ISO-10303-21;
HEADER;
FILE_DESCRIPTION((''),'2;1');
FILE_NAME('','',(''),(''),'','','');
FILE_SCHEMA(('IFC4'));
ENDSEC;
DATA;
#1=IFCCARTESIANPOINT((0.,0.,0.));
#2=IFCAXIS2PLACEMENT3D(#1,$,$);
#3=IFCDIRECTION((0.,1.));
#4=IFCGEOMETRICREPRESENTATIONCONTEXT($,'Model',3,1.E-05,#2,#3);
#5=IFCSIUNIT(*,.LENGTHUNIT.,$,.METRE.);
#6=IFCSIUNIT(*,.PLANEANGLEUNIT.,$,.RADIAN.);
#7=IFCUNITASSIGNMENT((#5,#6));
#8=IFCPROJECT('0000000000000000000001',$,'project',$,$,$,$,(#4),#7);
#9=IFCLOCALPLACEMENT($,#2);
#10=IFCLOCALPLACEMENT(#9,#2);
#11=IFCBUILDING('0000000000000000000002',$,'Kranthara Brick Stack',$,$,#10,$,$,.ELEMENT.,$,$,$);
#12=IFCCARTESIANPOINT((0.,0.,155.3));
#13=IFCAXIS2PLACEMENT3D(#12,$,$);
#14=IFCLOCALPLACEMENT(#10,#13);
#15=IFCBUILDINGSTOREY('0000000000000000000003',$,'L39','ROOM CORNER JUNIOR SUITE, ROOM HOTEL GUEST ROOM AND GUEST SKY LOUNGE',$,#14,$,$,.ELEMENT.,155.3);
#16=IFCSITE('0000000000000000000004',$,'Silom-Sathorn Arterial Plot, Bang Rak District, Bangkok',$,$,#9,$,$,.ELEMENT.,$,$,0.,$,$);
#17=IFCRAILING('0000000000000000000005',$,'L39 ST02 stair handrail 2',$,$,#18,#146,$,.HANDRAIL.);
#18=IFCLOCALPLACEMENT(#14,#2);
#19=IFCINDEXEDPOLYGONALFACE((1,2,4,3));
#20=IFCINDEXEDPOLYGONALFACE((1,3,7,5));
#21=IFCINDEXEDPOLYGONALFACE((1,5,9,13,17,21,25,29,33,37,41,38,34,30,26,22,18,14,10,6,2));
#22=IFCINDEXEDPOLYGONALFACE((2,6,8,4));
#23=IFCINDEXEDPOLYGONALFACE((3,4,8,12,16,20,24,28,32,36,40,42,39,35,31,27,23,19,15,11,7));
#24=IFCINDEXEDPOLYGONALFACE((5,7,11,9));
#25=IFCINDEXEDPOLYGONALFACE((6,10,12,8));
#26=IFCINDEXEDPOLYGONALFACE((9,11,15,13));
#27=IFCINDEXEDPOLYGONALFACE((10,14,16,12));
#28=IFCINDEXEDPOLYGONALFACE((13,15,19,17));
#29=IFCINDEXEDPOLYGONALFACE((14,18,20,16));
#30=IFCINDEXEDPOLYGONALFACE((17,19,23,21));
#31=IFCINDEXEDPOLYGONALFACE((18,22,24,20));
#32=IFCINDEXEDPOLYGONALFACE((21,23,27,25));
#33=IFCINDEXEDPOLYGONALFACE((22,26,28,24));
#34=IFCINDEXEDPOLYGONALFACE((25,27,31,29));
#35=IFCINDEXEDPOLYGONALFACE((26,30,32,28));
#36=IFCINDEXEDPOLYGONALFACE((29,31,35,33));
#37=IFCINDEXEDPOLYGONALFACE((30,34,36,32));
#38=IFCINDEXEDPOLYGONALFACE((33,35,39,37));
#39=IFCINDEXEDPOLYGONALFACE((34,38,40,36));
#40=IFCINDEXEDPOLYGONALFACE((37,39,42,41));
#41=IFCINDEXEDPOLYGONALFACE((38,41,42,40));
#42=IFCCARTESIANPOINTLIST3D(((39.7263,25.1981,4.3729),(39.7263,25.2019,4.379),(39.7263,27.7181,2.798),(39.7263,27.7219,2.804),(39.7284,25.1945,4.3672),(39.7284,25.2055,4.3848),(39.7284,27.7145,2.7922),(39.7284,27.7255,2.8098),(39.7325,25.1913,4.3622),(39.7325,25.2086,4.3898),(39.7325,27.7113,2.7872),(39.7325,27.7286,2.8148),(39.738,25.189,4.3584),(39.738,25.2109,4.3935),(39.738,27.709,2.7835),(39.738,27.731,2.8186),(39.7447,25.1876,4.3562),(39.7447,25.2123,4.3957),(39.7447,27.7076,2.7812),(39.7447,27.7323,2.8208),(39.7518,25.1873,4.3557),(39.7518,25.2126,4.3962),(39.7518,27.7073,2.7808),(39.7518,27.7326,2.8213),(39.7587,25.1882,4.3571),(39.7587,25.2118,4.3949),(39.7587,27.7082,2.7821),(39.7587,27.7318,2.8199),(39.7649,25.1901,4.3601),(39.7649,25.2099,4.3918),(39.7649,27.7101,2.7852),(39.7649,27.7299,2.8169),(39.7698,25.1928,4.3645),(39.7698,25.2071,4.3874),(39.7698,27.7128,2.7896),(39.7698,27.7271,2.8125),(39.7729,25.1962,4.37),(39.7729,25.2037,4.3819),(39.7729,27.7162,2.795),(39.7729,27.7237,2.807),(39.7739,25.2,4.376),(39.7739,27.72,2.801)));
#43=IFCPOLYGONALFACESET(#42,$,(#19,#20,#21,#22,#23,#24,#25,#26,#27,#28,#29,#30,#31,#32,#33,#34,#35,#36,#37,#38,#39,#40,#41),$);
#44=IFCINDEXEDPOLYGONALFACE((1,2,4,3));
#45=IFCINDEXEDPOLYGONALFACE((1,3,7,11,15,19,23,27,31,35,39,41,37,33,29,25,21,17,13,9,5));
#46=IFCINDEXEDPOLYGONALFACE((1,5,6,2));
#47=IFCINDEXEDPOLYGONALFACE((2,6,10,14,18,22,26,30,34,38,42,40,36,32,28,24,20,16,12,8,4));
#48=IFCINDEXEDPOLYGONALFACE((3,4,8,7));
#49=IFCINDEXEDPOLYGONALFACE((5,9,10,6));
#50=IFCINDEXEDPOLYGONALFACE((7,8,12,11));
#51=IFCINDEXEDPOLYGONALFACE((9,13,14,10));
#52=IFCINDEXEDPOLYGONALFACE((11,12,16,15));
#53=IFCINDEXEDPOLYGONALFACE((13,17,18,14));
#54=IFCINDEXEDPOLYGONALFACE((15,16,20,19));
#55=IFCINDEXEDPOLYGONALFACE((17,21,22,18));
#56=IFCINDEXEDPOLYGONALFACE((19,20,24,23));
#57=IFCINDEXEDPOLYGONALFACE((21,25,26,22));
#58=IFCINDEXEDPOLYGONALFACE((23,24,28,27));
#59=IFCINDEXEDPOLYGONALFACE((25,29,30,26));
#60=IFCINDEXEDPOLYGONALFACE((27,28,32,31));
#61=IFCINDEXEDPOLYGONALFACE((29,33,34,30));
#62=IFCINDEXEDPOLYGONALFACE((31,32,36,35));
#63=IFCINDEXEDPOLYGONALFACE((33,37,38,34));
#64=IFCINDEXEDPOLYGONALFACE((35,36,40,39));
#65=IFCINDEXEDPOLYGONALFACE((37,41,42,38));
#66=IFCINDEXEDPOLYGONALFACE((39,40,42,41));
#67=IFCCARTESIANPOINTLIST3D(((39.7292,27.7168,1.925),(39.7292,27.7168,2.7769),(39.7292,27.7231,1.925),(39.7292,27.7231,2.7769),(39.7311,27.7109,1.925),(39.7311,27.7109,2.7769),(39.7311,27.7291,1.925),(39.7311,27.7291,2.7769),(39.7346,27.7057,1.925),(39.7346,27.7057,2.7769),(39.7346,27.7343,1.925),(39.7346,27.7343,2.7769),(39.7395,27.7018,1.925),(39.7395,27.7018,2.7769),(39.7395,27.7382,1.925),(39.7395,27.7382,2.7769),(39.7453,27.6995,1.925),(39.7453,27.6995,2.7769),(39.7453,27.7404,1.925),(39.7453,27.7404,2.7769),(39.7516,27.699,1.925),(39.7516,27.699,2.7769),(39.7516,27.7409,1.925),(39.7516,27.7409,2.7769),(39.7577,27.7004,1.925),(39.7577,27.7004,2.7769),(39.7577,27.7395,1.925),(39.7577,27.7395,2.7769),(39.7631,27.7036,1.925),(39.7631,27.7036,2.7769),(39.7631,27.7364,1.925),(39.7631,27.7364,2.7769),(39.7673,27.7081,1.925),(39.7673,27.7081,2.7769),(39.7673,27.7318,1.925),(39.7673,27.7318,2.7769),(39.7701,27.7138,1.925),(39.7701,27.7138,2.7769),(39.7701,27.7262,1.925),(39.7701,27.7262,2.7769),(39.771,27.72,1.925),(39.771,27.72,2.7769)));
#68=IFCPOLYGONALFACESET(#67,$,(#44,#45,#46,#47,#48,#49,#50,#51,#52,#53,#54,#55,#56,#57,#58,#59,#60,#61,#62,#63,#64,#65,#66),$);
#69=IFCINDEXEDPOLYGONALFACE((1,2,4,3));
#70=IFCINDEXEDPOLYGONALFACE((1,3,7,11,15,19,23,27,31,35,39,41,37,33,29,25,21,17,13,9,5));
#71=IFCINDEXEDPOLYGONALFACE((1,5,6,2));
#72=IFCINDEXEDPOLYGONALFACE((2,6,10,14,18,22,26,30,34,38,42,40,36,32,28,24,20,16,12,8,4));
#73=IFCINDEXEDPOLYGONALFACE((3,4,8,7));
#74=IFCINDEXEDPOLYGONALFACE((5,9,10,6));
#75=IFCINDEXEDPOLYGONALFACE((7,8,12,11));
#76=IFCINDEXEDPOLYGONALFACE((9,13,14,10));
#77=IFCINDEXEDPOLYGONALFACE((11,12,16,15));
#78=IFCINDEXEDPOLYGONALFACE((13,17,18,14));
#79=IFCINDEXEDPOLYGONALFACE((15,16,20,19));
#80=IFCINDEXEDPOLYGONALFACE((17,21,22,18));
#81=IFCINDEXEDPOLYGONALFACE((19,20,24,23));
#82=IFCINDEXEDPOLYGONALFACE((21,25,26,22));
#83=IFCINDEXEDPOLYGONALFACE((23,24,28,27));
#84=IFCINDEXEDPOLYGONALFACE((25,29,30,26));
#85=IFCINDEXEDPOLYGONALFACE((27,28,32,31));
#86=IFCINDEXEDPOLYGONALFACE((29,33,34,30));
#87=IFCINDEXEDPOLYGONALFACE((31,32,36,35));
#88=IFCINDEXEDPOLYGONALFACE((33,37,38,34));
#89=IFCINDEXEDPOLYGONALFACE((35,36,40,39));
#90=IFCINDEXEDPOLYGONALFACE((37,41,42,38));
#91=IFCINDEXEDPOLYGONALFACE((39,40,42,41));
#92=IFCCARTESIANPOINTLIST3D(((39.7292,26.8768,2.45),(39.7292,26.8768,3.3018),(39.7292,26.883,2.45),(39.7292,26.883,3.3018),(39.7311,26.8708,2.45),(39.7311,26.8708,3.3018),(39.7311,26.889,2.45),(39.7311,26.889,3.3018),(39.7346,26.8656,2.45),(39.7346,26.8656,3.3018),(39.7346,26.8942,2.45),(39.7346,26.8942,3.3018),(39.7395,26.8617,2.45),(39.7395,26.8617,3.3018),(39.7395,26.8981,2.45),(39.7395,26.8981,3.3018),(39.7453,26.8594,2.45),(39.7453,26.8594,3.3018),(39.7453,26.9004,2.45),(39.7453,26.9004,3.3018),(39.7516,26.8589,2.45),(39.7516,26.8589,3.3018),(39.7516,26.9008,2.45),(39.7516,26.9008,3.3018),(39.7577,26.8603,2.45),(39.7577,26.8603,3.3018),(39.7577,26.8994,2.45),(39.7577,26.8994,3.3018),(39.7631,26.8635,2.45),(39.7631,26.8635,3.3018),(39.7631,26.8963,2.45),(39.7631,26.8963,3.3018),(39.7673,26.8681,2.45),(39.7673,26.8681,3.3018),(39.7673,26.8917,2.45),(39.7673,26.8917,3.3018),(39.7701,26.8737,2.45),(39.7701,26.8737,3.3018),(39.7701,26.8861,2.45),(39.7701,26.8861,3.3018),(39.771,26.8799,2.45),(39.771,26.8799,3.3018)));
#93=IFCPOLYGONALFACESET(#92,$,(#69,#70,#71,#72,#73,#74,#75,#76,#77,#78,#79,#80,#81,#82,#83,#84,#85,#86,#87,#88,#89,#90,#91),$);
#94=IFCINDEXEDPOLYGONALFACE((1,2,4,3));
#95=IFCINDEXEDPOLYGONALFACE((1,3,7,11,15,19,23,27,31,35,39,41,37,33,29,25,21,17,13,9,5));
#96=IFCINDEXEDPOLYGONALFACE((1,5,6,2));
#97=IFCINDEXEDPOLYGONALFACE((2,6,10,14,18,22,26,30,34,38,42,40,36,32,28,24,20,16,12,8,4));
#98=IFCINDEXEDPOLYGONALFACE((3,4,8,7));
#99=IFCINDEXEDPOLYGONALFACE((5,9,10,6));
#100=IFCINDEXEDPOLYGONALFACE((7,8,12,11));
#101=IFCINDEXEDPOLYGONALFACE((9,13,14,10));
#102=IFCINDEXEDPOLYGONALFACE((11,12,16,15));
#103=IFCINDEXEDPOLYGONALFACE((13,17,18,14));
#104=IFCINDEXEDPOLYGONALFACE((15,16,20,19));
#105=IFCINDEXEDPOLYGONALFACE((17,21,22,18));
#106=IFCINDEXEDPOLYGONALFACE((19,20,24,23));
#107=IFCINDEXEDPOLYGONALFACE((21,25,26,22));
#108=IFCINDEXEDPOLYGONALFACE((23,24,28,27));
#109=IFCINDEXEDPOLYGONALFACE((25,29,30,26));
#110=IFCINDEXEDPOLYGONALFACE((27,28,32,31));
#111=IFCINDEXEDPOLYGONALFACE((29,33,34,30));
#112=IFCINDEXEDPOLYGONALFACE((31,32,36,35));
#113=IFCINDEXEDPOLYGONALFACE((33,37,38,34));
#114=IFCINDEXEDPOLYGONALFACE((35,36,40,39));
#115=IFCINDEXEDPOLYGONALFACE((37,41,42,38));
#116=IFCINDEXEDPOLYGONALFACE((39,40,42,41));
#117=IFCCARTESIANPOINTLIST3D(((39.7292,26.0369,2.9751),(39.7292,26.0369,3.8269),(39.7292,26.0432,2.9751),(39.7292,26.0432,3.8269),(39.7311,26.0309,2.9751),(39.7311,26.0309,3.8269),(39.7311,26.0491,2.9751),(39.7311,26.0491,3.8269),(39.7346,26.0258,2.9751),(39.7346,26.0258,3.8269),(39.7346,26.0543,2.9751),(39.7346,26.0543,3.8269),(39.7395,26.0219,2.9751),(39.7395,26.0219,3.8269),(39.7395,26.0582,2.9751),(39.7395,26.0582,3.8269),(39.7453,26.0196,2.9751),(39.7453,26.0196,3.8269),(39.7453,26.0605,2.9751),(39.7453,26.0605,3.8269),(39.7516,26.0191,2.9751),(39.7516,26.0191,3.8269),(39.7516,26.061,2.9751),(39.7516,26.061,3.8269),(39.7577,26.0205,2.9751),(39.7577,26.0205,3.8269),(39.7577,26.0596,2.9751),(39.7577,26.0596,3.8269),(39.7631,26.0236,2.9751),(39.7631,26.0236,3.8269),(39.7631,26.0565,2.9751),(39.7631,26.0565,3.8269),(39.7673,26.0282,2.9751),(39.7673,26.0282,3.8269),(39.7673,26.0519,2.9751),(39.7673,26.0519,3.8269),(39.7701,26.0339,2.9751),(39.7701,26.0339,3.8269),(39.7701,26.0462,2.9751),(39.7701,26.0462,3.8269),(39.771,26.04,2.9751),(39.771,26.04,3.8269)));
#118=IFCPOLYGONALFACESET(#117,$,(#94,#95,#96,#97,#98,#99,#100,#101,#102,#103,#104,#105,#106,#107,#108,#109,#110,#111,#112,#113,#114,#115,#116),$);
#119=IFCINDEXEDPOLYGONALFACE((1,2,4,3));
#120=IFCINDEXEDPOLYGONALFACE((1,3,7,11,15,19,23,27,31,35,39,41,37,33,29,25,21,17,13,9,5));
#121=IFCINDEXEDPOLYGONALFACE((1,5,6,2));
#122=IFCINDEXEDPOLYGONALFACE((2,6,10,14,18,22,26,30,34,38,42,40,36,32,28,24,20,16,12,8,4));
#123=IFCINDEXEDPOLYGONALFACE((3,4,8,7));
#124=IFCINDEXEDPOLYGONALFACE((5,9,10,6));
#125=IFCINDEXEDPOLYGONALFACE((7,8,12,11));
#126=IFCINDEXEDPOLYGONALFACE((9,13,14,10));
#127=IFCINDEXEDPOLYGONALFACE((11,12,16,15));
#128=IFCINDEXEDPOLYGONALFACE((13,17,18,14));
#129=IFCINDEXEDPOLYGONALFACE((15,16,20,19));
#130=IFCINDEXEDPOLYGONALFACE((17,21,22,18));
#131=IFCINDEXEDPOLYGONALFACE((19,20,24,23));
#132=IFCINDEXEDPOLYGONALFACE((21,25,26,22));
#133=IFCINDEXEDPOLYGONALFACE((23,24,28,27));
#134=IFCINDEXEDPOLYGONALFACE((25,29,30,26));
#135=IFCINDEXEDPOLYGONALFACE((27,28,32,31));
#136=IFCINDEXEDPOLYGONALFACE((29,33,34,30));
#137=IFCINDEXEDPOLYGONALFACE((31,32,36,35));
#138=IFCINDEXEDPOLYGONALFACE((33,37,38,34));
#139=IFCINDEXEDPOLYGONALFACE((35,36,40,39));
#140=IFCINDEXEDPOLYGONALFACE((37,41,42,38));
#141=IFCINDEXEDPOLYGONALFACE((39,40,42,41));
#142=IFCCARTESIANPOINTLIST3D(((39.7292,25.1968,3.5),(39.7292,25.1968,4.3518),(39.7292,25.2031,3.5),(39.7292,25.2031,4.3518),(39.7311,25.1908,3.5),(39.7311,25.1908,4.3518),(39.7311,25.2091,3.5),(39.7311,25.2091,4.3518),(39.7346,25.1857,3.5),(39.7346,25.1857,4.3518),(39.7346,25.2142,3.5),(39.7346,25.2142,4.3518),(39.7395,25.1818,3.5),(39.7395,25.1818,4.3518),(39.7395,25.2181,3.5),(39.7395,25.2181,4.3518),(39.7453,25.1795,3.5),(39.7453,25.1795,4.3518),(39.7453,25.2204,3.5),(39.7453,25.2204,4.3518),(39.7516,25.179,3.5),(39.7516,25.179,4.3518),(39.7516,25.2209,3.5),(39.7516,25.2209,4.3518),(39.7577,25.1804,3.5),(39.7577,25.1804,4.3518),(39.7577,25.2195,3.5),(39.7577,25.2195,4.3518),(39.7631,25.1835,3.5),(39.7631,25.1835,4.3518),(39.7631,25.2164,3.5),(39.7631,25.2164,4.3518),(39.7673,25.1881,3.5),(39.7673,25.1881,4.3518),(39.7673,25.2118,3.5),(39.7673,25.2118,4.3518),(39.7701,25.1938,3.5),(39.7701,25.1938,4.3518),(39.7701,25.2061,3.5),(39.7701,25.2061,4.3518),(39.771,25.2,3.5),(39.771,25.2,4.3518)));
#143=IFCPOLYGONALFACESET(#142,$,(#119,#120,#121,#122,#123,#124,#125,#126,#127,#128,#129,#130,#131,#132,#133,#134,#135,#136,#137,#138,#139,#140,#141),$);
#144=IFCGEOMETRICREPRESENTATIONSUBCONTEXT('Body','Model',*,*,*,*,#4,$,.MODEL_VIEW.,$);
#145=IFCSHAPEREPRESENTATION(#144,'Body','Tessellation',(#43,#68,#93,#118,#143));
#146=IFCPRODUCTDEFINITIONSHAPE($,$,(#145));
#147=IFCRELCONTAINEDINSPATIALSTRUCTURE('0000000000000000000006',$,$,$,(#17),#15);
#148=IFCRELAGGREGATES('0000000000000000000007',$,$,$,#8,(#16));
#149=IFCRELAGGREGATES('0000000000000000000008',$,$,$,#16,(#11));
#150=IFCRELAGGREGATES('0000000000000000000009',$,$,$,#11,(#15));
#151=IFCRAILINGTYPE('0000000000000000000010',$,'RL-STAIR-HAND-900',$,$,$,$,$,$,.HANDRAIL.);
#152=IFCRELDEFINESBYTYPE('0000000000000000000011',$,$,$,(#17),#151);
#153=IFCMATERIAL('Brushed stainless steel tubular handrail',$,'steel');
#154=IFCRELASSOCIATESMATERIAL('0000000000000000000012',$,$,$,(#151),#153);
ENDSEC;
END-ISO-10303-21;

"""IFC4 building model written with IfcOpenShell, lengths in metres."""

from ifc_helpers import new_model, si_unit, direction, frame, origin, origin_2d, place, context, subcontext, project, spatial, circle, extrude, material, type_object, element, save


model = new_model("IFC4")

# Units and contexts
model_context = context("Model", 3, precision=1e-05, world=origin(), true_north=direction((0.0, 1.0)))
body_context = subcontext(model_context, "Body", "Model", "MODEL_VIEW")
ifc_project = project(units=[si_unit("LENGTHUNIT", "METRE"), si_unit("PLANEANGLEUNIT", "RADIAN")], contexts=[model_context])

# Site, building, storey
site_placement = place(None, origin())
site = spatial("IfcSite", under=ifc_project, at=site_placement, Name="Silom-Sathorn Arterial Plot, Bang Rak District, Bangkok", CompositionType="ELEMENT", RefElevation=0.0)
building_placement = place(site_placement, origin())
building = spatial("IfcBuilding", under=site, at=building_placement, Name="Kranthara Brick Stack", CompositionType="ELEMENT")
storey_placement = place(building_placement, frame((0.0, 0.0, 155.3)))
storey = spatial("IfcBuildingStorey", under=building, at=storey_placement, Name="L39", Description="ROOM CORNER JUNIOR SUITE, ROOM HOTEL GUEST ROOM AND GUEST SKY LOUNGE", CompositionType="ELEMENT", Elevation=155.3)

# Railing
ifc_material_1 = material(Name="Brushed stainless steel tubular handrail", Category="steel")
railing_type_1 = type_object("IfcRailingType", Name="RL-STAIR-HAND-900", PredefinedType="HANDRAIL", material=ifc_material_1)
railing_1_placement = place(storey_placement, frame((39.75, 27.72, 1.925)))
element("IfcRailing", 1, at=railing_1_placement, inside=storey, type_object=railing_type_1, Name="L39 ST02 stair handrail 2", PredefinedType="HANDRAIL", context=body_context, shape_type="SweptSolid", body=[
    extrude(circle(Radius=0.0239, at=origin_2d()), frame((0.0, 0.0, 0.876), z_axis=(0.0, -0.848008, 0.529984), x_axis=(1.0, 0.0, 0.0)), (0.0, 0.0, 1.0), 2.9717),
    extrude(circle(Radius=0.021, at=origin_2d()), origin(), (0.0, 0.0, 1.0), 0.8518),
    extrude(circle(Radius=0.021, at=origin_2d()), frame((0.0, -0.8401, 0.5249)), (0.0, 0.0, 1.0), 0.8518),
    extrude(circle(Radius=0.021, at=origin_2d()), frame((0.0, -1.6799, 1.05)), (0.0, 0.0, 1.0), 0.8518),
    extrude(circle(Radius=0.021, at=origin_2d()), frame((0.0, -2.52, 1.575)), (0.0, 0.0, 1.0), 0.8518),
])

save(model, "model.ifc")
